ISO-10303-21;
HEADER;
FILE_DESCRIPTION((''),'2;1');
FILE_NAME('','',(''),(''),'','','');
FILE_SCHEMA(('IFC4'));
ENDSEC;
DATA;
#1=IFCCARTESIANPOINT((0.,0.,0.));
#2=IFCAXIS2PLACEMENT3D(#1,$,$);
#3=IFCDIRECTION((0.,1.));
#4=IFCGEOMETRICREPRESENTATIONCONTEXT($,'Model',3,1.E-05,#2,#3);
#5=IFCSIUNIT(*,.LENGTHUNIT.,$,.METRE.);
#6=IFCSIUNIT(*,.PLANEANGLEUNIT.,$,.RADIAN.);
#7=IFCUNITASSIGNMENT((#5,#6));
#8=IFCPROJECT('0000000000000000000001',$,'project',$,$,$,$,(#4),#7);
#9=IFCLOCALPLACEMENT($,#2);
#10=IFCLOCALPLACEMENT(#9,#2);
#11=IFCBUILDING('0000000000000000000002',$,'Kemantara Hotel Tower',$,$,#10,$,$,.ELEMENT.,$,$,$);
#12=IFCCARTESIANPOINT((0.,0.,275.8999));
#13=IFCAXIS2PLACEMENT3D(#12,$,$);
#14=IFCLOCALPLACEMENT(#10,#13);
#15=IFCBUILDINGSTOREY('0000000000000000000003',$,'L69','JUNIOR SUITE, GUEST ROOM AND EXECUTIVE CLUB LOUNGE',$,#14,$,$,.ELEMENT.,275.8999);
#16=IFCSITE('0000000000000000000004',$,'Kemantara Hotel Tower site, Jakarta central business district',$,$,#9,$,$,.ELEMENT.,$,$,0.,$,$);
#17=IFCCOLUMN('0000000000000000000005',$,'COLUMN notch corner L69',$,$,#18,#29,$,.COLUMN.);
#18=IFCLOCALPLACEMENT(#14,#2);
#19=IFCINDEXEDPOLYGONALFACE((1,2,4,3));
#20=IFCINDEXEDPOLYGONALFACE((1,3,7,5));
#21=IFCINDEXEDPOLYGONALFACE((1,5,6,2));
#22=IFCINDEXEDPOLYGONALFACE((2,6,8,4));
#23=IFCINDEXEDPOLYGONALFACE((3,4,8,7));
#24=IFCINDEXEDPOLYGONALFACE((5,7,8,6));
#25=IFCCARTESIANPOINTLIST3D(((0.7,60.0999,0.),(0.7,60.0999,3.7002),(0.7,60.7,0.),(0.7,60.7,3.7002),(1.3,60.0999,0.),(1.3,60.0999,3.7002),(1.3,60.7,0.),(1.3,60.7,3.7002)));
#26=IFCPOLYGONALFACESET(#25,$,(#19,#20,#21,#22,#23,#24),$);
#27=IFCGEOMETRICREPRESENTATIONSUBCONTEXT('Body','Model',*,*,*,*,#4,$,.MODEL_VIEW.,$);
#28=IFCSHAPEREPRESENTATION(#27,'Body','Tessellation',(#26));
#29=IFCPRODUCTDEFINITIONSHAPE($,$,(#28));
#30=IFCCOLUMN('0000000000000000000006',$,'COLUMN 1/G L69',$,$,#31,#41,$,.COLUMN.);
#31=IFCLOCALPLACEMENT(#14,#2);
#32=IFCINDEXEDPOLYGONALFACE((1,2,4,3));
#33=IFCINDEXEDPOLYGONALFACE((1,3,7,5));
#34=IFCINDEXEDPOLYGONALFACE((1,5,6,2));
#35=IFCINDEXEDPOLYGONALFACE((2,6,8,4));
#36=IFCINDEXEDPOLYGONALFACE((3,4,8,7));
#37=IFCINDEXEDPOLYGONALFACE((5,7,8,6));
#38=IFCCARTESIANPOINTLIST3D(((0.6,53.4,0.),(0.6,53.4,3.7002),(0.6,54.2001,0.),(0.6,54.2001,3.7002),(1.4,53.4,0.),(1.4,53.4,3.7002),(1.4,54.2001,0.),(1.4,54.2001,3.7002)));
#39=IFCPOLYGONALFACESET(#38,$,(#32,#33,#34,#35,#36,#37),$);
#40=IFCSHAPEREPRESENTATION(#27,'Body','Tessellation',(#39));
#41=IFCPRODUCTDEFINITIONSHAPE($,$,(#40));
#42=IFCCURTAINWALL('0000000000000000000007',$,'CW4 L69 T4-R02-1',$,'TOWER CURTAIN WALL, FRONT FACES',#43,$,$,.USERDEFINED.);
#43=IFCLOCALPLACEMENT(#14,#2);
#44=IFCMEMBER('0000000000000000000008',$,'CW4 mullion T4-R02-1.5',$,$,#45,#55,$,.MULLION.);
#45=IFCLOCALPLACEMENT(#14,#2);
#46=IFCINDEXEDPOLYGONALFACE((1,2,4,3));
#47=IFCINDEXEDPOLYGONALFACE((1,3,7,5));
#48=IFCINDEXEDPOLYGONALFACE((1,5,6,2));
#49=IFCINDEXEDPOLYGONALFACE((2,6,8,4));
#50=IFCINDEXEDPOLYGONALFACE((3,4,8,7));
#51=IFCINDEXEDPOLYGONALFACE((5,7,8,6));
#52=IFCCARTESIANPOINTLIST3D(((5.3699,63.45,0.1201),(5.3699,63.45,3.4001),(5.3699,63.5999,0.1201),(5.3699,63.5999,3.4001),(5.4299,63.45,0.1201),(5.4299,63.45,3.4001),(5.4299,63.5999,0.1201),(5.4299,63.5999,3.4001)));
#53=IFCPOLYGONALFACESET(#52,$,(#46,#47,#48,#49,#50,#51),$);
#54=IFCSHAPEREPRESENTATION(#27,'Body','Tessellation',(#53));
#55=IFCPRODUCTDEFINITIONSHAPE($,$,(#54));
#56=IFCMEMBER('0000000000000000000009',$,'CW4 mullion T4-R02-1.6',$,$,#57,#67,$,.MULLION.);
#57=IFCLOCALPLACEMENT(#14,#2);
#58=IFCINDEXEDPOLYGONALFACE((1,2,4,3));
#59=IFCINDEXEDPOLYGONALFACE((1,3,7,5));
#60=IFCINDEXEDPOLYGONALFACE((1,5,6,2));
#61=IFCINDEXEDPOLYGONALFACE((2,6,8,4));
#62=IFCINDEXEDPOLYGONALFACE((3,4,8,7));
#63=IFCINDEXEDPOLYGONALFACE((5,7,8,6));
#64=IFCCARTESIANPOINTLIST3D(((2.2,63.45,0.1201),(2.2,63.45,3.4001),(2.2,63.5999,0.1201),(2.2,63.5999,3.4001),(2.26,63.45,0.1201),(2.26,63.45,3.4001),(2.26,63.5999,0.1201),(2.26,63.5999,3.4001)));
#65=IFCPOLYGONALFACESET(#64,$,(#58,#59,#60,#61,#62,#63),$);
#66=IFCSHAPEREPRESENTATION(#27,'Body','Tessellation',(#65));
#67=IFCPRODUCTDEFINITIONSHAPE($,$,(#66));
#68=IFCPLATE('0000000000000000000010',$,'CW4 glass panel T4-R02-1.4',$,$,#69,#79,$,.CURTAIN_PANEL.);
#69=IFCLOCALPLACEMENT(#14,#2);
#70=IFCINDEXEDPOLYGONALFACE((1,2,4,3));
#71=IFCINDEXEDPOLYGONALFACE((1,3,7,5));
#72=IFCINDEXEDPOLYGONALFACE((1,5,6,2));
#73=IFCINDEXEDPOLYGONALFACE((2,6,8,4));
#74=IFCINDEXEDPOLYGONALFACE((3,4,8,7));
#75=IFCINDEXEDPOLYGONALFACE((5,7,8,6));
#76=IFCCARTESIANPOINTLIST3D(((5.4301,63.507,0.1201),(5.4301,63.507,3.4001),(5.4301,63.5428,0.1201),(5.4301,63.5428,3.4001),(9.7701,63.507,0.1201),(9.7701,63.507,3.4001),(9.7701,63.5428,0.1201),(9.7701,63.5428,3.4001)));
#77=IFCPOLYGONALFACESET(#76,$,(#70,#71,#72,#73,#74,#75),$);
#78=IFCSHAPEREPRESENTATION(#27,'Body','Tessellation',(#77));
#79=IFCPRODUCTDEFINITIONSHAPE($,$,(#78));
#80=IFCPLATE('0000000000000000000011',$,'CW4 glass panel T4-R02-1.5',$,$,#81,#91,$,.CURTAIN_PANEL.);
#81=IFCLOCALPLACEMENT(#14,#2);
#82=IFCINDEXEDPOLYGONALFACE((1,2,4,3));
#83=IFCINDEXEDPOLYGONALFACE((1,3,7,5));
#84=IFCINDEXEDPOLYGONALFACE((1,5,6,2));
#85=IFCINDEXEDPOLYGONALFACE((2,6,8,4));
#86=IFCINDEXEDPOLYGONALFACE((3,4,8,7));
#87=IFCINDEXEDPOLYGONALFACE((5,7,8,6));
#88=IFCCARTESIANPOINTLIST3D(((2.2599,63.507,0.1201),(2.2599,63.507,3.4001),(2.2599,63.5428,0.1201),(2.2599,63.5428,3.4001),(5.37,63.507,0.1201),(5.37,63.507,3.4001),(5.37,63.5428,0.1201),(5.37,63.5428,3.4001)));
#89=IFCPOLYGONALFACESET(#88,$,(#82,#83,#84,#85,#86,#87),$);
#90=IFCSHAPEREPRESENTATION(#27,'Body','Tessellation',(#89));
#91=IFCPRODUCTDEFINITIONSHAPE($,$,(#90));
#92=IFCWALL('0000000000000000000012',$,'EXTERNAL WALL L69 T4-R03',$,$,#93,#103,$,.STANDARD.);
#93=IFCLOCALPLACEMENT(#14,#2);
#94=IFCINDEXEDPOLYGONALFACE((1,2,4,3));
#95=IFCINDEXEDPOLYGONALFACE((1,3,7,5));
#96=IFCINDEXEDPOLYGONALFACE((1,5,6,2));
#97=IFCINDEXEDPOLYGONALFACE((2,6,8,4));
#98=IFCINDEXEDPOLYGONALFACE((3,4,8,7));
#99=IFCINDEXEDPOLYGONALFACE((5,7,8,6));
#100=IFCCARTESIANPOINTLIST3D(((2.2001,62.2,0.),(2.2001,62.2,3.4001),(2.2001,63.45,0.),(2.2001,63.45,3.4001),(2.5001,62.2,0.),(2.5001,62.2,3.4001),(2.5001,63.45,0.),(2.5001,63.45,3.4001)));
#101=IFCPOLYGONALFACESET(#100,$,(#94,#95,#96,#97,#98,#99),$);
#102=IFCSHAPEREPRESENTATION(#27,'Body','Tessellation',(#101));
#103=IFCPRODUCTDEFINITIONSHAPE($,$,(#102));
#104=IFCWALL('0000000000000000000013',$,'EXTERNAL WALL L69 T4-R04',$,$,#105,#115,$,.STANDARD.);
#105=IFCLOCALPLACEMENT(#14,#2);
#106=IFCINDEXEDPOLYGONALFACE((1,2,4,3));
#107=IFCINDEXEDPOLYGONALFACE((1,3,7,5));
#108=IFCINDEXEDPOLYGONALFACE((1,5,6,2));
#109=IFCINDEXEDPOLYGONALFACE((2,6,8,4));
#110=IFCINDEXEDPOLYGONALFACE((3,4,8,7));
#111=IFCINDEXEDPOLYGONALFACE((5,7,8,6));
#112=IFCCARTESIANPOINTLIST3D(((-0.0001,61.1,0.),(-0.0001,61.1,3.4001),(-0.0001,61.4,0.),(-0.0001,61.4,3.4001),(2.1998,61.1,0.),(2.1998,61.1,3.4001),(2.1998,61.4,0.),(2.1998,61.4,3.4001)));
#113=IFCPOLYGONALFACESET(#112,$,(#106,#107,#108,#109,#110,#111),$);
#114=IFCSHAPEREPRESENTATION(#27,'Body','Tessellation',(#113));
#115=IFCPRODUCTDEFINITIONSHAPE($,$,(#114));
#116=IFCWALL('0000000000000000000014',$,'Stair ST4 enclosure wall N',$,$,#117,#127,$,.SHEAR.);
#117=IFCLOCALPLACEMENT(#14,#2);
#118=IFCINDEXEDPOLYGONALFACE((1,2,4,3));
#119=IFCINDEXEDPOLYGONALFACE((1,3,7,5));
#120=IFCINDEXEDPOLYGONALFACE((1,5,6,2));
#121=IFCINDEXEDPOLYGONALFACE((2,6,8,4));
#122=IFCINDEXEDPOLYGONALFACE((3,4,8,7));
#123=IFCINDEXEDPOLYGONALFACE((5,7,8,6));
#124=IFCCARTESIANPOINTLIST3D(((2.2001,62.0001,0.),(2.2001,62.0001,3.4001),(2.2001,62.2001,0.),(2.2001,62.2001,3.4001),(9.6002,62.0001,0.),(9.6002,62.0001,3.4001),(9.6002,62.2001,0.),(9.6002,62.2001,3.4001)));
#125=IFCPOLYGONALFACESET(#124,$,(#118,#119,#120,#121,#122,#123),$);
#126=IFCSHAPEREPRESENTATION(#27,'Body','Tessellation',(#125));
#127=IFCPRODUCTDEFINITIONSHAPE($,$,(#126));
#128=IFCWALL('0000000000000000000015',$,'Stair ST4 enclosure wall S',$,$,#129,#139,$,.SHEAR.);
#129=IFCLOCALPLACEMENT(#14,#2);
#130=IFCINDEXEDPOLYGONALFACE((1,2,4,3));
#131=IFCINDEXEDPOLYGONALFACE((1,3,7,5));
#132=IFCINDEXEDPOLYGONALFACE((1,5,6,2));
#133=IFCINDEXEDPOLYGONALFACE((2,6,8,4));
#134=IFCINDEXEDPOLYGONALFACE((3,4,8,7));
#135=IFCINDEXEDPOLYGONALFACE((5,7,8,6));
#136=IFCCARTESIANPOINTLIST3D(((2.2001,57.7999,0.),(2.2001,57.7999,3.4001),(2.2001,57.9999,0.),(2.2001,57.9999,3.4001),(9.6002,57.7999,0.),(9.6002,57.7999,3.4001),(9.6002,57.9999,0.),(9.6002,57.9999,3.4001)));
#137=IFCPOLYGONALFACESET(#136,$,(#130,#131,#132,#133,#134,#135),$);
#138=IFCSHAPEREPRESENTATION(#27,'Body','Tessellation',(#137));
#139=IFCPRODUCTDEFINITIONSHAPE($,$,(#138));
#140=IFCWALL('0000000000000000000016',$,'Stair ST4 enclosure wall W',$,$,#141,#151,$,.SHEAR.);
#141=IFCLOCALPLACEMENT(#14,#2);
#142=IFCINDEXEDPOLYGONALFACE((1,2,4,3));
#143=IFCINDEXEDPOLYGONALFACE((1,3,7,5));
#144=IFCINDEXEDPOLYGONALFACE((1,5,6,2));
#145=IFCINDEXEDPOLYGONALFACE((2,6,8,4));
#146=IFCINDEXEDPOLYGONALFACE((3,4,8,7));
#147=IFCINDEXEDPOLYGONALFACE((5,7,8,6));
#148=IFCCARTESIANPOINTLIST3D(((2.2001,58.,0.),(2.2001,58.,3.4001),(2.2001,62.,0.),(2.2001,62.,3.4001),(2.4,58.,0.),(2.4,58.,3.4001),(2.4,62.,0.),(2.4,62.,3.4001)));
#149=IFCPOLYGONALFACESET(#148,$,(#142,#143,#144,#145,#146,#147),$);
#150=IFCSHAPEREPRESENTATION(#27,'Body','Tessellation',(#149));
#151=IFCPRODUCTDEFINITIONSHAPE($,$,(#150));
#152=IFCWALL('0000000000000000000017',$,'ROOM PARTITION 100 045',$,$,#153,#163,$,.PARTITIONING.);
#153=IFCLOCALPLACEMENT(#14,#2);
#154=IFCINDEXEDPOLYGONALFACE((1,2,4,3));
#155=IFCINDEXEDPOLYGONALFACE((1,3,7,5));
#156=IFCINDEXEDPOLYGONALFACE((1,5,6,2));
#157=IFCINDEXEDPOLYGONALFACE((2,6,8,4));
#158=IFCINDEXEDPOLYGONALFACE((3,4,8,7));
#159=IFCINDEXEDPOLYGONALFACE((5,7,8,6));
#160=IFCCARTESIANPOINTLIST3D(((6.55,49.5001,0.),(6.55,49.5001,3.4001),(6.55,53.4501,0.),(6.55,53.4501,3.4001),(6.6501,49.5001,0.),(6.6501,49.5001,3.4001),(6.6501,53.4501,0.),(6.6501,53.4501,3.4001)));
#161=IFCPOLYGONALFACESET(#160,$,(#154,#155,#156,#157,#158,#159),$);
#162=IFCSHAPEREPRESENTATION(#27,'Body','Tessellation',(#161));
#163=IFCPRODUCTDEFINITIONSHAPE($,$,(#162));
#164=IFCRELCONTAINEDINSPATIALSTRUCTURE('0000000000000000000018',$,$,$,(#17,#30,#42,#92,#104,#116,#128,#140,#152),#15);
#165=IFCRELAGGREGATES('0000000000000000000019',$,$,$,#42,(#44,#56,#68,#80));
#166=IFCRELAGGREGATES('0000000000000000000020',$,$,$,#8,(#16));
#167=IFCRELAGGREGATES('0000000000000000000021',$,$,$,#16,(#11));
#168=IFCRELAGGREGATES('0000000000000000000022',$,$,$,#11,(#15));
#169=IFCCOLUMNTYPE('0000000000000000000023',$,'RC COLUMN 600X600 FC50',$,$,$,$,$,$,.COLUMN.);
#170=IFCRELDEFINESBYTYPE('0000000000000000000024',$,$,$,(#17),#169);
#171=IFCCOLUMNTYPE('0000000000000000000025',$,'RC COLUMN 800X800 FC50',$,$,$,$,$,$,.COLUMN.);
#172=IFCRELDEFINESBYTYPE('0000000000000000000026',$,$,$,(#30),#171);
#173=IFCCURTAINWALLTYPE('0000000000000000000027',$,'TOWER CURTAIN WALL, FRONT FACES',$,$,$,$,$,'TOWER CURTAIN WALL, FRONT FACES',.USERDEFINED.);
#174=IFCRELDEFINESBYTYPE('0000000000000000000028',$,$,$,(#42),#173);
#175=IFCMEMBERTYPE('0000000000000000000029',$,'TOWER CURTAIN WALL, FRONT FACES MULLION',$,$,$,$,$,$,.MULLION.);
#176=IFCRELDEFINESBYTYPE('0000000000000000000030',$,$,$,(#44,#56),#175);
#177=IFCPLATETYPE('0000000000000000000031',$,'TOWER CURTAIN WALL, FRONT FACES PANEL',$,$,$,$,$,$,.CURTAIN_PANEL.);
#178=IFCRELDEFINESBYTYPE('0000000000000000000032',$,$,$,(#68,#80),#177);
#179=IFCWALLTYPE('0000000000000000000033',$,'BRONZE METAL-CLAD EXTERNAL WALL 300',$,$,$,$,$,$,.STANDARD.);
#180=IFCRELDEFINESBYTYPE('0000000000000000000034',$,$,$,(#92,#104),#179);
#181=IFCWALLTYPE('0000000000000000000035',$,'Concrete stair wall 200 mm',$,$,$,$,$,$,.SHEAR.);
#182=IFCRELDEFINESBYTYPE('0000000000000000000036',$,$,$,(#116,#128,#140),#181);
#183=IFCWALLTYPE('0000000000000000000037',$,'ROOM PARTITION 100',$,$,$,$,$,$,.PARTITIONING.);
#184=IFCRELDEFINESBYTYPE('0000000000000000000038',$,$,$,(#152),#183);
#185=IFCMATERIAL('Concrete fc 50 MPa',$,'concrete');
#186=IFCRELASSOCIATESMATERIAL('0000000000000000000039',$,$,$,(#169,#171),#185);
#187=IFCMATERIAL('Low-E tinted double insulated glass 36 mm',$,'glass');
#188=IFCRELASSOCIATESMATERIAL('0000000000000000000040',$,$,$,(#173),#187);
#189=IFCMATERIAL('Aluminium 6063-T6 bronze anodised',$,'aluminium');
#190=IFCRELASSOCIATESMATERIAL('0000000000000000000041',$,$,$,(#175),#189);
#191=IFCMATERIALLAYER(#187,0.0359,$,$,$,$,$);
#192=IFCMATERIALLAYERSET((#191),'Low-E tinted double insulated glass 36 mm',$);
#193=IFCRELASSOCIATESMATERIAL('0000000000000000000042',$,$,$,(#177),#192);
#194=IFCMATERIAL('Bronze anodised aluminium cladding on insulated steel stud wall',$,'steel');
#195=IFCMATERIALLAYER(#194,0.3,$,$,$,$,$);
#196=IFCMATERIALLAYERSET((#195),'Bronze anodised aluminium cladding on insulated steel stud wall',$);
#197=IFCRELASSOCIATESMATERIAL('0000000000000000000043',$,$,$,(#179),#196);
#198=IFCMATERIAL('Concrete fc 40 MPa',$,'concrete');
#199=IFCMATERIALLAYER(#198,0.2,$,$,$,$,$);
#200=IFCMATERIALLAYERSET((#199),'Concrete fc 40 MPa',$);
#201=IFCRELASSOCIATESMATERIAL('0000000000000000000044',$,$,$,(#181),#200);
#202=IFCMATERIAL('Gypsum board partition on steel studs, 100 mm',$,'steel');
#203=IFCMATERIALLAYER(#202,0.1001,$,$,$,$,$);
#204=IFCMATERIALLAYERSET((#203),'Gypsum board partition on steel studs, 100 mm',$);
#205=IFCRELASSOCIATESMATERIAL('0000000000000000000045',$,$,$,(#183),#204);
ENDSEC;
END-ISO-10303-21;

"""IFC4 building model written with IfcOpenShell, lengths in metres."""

from ifc_helpers import new_model, si_unit, direction, frame, frame_2d, origin, origin_2d, place, context, subcontext, project, spatial, rectangle, extrude, source, transform, mapped, material, layer, layer_set, material_profile, profile_set, type_object, element, aggregate, save


model = new_model("IFC4")

# Units and contexts
model_context = context("Model", 3, precision=1e-05, world=origin(), true_north=direction((0.0, 1.0)))
body_context = subcontext(model_context, "Body", "Model", "MODEL_VIEW")
ifc_project = project(units=[si_unit("LENGTHUNIT", "METRE"), si_unit("PLANEANGLEUNIT", "RADIAN")], contexts=[model_context])

# Site, building, storey
site_placement = place(None, origin())
site = spatial("IfcSite", under=ifc_project, at=site_placement, Name="Kemantara Hotel Tower site, Jakarta central business district", CompositionType="ELEMENT", RefElevation=0.0)
building_placement = place(site_placement, origin())
building = spatial("IfcBuilding", under=site, at=building_placement, Name="Kemantara Hotel Tower", CompositionType="ELEMENT")
storey_placement = place(building_placement, frame((0.0, 0.0, 275.8999)))
storey = spatial("IfcBuildingStorey", under=building, at=storey_placement, Name="L69", Description="JUNIOR SUITE, GUEST ROOM AND EXECUTIVE CLUB LOUNGE", CompositionType="ELEMENT", Elevation=275.8999)

# Columns
ifc_material_1 = material(Name="Concrete fc 50 MPa", Category="concrete")
ifc_material_profile_1 = material_profile(ifc_material_1, rectangle(XDim=0.6001, YDim=0.6001, at=origin_2d()), Name="RC 600X600")
ifc_profile_set_1 = profile_set([ifc_material_profile_1], Name="Concrete fc 50 MPa")
column_type_1 = type_object("IfcColumnType", Name="RC COLUMN 600X600 FC50", PredefinedType="COLUMN", material=ifc_profile_set_1)
column_1_placement = place(storey_placement, frame((1.0, 60.3999, 0.0), z_axis=(0.0, 0.0, 1.0), x_axis=(1.0, 0.0, 0.0)))
element("IfcColumn", 1, at=column_1_placement, inside=storey, type_object=column_type_1, Name="COLUMN notch corner L69", PredefinedType="COLUMN", context=body_context, shape_type="SweptSolid", body=[
    extrude(rectangle(XDim=0.6001, YDim=0.6001, at=origin_2d()), origin(), (0.0, 0.0, 1.0), 3.7002),
])
ifc_material_profile_2 = material_profile(ifc_material_1, rectangle(XDim=0.8, YDim=0.8, at=origin_2d()), Name="RC 800X800")
ifc_profile_set_2 = profile_set([ifc_material_profile_2], Name="Concrete fc 50 MPa")
column_type_2 = type_object("IfcColumnType", Name="RC COLUMN 800X800 FC50", PredefinedType="COLUMN", material=ifc_profile_set_2)
column_2_placement = place(storey_placement, frame((1.0, 53.8, 0.0), z_axis=(0.0, 0.0, 1.0), x_axis=(1.0, 0.0, 0.0)))
element("IfcColumn", 2, at=column_2_placement, inside=storey, type_object=column_type_2, Name="COLUMN 1/G L69", PredefinedType="COLUMN", context=body_context, shape_type="SweptSolid", body=[
    extrude(rectangle(XDim=0.8, YDim=0.8, at=origin_2d()), origin(), (0.0, 0.0, 1.0), 3.7002),
])

# Curtain wall, members, plates
ifc_material_2 = material(Name="Low-E tinted double insulated glass 36 mm", Category="glass")
curtain_wall_type = type_object("IfcCurtainWallType", Name="TOWER CURTAIN WALL, FRONT FACES", ElementType="TOWER CURTAIN WALL, FRONT FACES", PredefinedType="USERDEFINED", material=ifc_material_2)
curtain_wall_placement = place(storey_placement, origin())
curtain_wall = element("IfcCurtainWall", 3, at=curtain_wall_placement, inside=storey, type_object=curtain_wall_type, Name="CW4 L69 T4-R02-1", ObjectType="TOWER CURTAIN WALL, FRONT FACES", PredefinedType="USERDEFINED")
ifc_material_3 = material(Name="Aluminium 6063-T6 bronze anodised", Category="aluminium")
ifc_material_profile_3 = material_profile(ifc_material_3, rectangle(XDim=0.1499, YDim=0.0601, at=origin_2d()), Name="TOWER CURTAIN WALL, FRONT FACES MULLION")
ifc_profile_set_3 = profile_set([ifc_material_profile_3], Name="Aluminium 6063-T6 bronze anodised")
member_type = type_object("IfcMemberType", Name="TOWER CURTAIN WALL, FRONT FACES MULLION", PredefinedType="MULLION", material=ifc_profile_set_3)
shared_shape_1 = source(origin(), body_context, "Body", "SweptSolid", [
    extrude(rectangle(XDim=0.1499, YDim=0.0601, at=origin_2d()), origin(), (0.0, 0.0, 1.0), 3.28),
])
member_1_placement = place(storey_placement, frame((5.3999, 63.5249, 0.1201), z_axis=(0.0, 0.0, 1.0), x_axis=(0.0, -1.0, 0.0)))
member_1 = element("IfcMember", 4, at=member_1_placement, type_object=member_type, Name="CW4 mullion T4-R02-1.5", PredefinedType="MULLION", context=body_context, shape_type="MappedRepresentation", body=[
    mapped(shared_shape_1, transform((0.0, 0.0, 0.0))),
])
member_2_placement = place(storey_placement, frame((2.23, 63.5249, 0.1201), z_axis=(0.0, 0.0, 1.0), x_axis=(0.0, -1.0, 0.0)))
member_2 = element("IfcMember", 5, at=member_2_placement, type_object=member_type, Name="CW4 mullion T4-R02-1.6", PredefinedType="MULLION", context=body_context, shape_type="MappedRepresentation", body=[
    mapped(shared_shape_1, transform((0.0, 0.0, 0.0))),
])
ifc_layer_1 = layer(ifc_material_2, 0.0359)
ifc_layer_set_1 = layer_set([ifc_layer_1], Name="Low-E tinted double insulated glass 36 mm")
plate_type = type_object("IfcPlateType", Name="TOWER CURTAIN WALL, FRONT FACES PANEL", PredefinedType="CURTAIN_PANEL", material=ifc_layer_set_1)
shared_shape_2 = source(origin(), body_context, "Body", "SweptSolid", [
    extrude(rectangle(XDim=4.3401, YDim=0.0359, at=origin_2d()), origin(), (0.0, 0.0, 1.0), 3.28),
])
plate_1_placement = place(storey_placement, frame((7.6001, 63.5249, 0.1201), z_axis=(0.0, 0.0, 1.0), x_axis=(-1.0, 0.0, 0.0)))
plate_1 = element("IfcPlate", 6, at=plate_1_placement, type_object=plate_type, Name="CW4 glass panel T4-R02-1.4", PredefinedType="CURTAIN_PANEL", context=body_context, shape_type="MappedRepresentation", body=[
    mapped(shared_shape_2, transform((0.0, 0.0, 0.0))),
])
shared_shape_3 = source(origin(), body_context, "Body", "SweptSolid", [
    extrude(rectangle(XDim=3.1101, YDim=0.0359, at=origin_2d()), origin(), (0.0, 0.0, 1.0), 3.28),
])
plate_2_placement = place(storey_placement, frame((3.8149, 63.5249, 0.1201), z_axis=(0.0, 0.0, 1.0), x_axis=(-1.0, 0.0, 0.0)))
plate_2 = element("IfcPlate", 7, at=plate_2_placement, type_object=plate_type, Name="CW4 glass panel T4-R02-1.5", PredefinedType="CURTAIN_PANEL", context=body_context, shape_type="MappedRepresentation", body=[
    mapped(shared_shape_3, transform((0.0, 0.0, 0.0))),
])
aggregate(curtain_wall, [member_1, member_2, plate_1, plate_2])

# Walls
ifc_material_4 = material(Name="Bronze anodised aluminium cladding on insulated steel stud wall", Category="steel")
ifc_layer_2 = layer(ifc_material_4, 0.3)
ifc_layer_set_2 = layer_set([ifc_layer_2], Name="Bronze anodised aluminium cladding on insulated steel stud wall")
wall_type_1 = type_object("IfcWallType", Name="BRONZE METAL-CLAD EXTERNAL WALL 300", PredefinedType="STANDARD", material=ifc_layer_set_2)
wall_1_placement = place(storey_placement, frame((2.3501, 63.45, 0.0), z_axis=(0.0, 0.0, 1.0), x_axis=(0.0, -1.0, 0.0)))
element("IfcWall", 8, at=wall_1_placement, inside=storey, type_object=wall_type_1, Name="EXTERNAL WALL L69 T4-R03", PredefinedType="STANDARD", context=body_context, shape_type="SweptSolid", body=[
    extrude(rectangle(XDim=1.25, YDim=0.3, at=frame_2d((0.625, 0.0))), origin(), (0.0, 0.0, 1.0), 3.4001),
])
wall_2_placement = place(storey_placement, frame((2.2, 61.25, 0.0), z_axis=(0.0, 0.0, 1.0), x_axis=(-1.0, 0.0, 0.0)))
element("IfcWall", 9, at=wall_2_placement, inside=storey, type_object=wall_type_1, Name="EXTERNAL WALL L69 T4-R04", PredefinedType="STANDARD", context=body_context, shape_type="SweptSolid", body=[
    extrude(rectangle(XDim=2.2, YDim=0.3, at=frame_2d((1.1001, 0.0))), origin(), (0.0, 0.0, 1.0), 3.4001),
])

# Walls
ifc_material_5 = material(Name="Concrete fc 40 MPa", Category="concrete")
ifc_layer_3 = layer(ifc_material_5, 0.2)
ifc_layer_set_3 = layer_set([ifc_layer_3], Name="Concrete fc 40 MPa")
wall_type_2 = type_object("IfcWallType", Name="Concrete stair wall 200 mm", PredefinedType="SHEAR", material=ifc_layer_set_3)
for number, where, z_axis, x_axis, name in (
    (10, (2.2, 62.1001, 0.0), (0.0, 0.0, 1.0), (1.0, 0.0, 0.0), "Stair ST4 enclosure wall N"),
    (11, (2.2, 57.8999, 0.0), (0.0, 0.0, 1.0), (1.0, 0.0, 0.0), "Stair ST4 enclosure wall S"),
):
    element("IfcWall", number, at=place(storey_placement, frame(where, z_axis=z_axis, x_axis=x_axis)), inside=storey, type_object=wall_type_2, Name=name, PredefinedType="SHEAR", context=body_context, shape_type="SweptSolid", body=[
        extrude(rectangle(XDim=7.4001, YDim=0.2, at=frame_2d((3.7002, 0.0))), origin(), (0.0, 0.0, 1.0), 3.4001),
    ])
wall_3_placement = place(storey_placement, frame((2.3, 58.0, 0.0), z_axis=(0.0, 0.0, 1.0), x_axis=(0.0, 1.0, 0.0)))
element("IfcWall", 12, at=wall_3_placement, inside=storey, type_object=wall_type_2, Name="Stair ST4 enclosure wall W", PredefinedType="SHEAR", context=body_context, shape_type="SweptSolid", body=[
    extrude(rectangle(XDim=4.0, YDim=0.2, at=frame_2d((2.0, 0.0))), origin(), (0.0, 0.0, 1.0), 3.4001),
])
ifc_material_6 = material(Name="Gypsum board partition on steel studs, 100 mm", Category="steel")
ifc_layer_4 = layer(ifc_material_6, 0.1001)
ifc_layer_set_4 = layer_set([ifc_layer_4], Name="Gypsum board partition on steel studs, 100 mm")
wall_type_3 = type_object("IfcWallType", Name="ROOM PARTITION 100", PredefinedType="PARTITIONING", material=ifc_layer_set_4)
wall_4_placement = place(storey_placement, frame((6.6001, 49.5, 0.0), z_axis=(0.0, 0.0, 1.0), x_axis=(0.0, 1.0, 0.0)))
element("IfcWall", 13, at=wall_4_placement, inside=storey, type_object=wall_type_3, Name="ROOM PARTITION 100 045", PredefinedType="PARTITIONING", context=body_context, shape_type="SweptSolid", body=[
    extrude(rectangle(XDim=3.95, YDim=0.1001, at=frame_2d((1.9751, 0.0))), origin(), (0.0, 0.0, 1.0), 3.4001),
])

save(model, "model.ifc")
